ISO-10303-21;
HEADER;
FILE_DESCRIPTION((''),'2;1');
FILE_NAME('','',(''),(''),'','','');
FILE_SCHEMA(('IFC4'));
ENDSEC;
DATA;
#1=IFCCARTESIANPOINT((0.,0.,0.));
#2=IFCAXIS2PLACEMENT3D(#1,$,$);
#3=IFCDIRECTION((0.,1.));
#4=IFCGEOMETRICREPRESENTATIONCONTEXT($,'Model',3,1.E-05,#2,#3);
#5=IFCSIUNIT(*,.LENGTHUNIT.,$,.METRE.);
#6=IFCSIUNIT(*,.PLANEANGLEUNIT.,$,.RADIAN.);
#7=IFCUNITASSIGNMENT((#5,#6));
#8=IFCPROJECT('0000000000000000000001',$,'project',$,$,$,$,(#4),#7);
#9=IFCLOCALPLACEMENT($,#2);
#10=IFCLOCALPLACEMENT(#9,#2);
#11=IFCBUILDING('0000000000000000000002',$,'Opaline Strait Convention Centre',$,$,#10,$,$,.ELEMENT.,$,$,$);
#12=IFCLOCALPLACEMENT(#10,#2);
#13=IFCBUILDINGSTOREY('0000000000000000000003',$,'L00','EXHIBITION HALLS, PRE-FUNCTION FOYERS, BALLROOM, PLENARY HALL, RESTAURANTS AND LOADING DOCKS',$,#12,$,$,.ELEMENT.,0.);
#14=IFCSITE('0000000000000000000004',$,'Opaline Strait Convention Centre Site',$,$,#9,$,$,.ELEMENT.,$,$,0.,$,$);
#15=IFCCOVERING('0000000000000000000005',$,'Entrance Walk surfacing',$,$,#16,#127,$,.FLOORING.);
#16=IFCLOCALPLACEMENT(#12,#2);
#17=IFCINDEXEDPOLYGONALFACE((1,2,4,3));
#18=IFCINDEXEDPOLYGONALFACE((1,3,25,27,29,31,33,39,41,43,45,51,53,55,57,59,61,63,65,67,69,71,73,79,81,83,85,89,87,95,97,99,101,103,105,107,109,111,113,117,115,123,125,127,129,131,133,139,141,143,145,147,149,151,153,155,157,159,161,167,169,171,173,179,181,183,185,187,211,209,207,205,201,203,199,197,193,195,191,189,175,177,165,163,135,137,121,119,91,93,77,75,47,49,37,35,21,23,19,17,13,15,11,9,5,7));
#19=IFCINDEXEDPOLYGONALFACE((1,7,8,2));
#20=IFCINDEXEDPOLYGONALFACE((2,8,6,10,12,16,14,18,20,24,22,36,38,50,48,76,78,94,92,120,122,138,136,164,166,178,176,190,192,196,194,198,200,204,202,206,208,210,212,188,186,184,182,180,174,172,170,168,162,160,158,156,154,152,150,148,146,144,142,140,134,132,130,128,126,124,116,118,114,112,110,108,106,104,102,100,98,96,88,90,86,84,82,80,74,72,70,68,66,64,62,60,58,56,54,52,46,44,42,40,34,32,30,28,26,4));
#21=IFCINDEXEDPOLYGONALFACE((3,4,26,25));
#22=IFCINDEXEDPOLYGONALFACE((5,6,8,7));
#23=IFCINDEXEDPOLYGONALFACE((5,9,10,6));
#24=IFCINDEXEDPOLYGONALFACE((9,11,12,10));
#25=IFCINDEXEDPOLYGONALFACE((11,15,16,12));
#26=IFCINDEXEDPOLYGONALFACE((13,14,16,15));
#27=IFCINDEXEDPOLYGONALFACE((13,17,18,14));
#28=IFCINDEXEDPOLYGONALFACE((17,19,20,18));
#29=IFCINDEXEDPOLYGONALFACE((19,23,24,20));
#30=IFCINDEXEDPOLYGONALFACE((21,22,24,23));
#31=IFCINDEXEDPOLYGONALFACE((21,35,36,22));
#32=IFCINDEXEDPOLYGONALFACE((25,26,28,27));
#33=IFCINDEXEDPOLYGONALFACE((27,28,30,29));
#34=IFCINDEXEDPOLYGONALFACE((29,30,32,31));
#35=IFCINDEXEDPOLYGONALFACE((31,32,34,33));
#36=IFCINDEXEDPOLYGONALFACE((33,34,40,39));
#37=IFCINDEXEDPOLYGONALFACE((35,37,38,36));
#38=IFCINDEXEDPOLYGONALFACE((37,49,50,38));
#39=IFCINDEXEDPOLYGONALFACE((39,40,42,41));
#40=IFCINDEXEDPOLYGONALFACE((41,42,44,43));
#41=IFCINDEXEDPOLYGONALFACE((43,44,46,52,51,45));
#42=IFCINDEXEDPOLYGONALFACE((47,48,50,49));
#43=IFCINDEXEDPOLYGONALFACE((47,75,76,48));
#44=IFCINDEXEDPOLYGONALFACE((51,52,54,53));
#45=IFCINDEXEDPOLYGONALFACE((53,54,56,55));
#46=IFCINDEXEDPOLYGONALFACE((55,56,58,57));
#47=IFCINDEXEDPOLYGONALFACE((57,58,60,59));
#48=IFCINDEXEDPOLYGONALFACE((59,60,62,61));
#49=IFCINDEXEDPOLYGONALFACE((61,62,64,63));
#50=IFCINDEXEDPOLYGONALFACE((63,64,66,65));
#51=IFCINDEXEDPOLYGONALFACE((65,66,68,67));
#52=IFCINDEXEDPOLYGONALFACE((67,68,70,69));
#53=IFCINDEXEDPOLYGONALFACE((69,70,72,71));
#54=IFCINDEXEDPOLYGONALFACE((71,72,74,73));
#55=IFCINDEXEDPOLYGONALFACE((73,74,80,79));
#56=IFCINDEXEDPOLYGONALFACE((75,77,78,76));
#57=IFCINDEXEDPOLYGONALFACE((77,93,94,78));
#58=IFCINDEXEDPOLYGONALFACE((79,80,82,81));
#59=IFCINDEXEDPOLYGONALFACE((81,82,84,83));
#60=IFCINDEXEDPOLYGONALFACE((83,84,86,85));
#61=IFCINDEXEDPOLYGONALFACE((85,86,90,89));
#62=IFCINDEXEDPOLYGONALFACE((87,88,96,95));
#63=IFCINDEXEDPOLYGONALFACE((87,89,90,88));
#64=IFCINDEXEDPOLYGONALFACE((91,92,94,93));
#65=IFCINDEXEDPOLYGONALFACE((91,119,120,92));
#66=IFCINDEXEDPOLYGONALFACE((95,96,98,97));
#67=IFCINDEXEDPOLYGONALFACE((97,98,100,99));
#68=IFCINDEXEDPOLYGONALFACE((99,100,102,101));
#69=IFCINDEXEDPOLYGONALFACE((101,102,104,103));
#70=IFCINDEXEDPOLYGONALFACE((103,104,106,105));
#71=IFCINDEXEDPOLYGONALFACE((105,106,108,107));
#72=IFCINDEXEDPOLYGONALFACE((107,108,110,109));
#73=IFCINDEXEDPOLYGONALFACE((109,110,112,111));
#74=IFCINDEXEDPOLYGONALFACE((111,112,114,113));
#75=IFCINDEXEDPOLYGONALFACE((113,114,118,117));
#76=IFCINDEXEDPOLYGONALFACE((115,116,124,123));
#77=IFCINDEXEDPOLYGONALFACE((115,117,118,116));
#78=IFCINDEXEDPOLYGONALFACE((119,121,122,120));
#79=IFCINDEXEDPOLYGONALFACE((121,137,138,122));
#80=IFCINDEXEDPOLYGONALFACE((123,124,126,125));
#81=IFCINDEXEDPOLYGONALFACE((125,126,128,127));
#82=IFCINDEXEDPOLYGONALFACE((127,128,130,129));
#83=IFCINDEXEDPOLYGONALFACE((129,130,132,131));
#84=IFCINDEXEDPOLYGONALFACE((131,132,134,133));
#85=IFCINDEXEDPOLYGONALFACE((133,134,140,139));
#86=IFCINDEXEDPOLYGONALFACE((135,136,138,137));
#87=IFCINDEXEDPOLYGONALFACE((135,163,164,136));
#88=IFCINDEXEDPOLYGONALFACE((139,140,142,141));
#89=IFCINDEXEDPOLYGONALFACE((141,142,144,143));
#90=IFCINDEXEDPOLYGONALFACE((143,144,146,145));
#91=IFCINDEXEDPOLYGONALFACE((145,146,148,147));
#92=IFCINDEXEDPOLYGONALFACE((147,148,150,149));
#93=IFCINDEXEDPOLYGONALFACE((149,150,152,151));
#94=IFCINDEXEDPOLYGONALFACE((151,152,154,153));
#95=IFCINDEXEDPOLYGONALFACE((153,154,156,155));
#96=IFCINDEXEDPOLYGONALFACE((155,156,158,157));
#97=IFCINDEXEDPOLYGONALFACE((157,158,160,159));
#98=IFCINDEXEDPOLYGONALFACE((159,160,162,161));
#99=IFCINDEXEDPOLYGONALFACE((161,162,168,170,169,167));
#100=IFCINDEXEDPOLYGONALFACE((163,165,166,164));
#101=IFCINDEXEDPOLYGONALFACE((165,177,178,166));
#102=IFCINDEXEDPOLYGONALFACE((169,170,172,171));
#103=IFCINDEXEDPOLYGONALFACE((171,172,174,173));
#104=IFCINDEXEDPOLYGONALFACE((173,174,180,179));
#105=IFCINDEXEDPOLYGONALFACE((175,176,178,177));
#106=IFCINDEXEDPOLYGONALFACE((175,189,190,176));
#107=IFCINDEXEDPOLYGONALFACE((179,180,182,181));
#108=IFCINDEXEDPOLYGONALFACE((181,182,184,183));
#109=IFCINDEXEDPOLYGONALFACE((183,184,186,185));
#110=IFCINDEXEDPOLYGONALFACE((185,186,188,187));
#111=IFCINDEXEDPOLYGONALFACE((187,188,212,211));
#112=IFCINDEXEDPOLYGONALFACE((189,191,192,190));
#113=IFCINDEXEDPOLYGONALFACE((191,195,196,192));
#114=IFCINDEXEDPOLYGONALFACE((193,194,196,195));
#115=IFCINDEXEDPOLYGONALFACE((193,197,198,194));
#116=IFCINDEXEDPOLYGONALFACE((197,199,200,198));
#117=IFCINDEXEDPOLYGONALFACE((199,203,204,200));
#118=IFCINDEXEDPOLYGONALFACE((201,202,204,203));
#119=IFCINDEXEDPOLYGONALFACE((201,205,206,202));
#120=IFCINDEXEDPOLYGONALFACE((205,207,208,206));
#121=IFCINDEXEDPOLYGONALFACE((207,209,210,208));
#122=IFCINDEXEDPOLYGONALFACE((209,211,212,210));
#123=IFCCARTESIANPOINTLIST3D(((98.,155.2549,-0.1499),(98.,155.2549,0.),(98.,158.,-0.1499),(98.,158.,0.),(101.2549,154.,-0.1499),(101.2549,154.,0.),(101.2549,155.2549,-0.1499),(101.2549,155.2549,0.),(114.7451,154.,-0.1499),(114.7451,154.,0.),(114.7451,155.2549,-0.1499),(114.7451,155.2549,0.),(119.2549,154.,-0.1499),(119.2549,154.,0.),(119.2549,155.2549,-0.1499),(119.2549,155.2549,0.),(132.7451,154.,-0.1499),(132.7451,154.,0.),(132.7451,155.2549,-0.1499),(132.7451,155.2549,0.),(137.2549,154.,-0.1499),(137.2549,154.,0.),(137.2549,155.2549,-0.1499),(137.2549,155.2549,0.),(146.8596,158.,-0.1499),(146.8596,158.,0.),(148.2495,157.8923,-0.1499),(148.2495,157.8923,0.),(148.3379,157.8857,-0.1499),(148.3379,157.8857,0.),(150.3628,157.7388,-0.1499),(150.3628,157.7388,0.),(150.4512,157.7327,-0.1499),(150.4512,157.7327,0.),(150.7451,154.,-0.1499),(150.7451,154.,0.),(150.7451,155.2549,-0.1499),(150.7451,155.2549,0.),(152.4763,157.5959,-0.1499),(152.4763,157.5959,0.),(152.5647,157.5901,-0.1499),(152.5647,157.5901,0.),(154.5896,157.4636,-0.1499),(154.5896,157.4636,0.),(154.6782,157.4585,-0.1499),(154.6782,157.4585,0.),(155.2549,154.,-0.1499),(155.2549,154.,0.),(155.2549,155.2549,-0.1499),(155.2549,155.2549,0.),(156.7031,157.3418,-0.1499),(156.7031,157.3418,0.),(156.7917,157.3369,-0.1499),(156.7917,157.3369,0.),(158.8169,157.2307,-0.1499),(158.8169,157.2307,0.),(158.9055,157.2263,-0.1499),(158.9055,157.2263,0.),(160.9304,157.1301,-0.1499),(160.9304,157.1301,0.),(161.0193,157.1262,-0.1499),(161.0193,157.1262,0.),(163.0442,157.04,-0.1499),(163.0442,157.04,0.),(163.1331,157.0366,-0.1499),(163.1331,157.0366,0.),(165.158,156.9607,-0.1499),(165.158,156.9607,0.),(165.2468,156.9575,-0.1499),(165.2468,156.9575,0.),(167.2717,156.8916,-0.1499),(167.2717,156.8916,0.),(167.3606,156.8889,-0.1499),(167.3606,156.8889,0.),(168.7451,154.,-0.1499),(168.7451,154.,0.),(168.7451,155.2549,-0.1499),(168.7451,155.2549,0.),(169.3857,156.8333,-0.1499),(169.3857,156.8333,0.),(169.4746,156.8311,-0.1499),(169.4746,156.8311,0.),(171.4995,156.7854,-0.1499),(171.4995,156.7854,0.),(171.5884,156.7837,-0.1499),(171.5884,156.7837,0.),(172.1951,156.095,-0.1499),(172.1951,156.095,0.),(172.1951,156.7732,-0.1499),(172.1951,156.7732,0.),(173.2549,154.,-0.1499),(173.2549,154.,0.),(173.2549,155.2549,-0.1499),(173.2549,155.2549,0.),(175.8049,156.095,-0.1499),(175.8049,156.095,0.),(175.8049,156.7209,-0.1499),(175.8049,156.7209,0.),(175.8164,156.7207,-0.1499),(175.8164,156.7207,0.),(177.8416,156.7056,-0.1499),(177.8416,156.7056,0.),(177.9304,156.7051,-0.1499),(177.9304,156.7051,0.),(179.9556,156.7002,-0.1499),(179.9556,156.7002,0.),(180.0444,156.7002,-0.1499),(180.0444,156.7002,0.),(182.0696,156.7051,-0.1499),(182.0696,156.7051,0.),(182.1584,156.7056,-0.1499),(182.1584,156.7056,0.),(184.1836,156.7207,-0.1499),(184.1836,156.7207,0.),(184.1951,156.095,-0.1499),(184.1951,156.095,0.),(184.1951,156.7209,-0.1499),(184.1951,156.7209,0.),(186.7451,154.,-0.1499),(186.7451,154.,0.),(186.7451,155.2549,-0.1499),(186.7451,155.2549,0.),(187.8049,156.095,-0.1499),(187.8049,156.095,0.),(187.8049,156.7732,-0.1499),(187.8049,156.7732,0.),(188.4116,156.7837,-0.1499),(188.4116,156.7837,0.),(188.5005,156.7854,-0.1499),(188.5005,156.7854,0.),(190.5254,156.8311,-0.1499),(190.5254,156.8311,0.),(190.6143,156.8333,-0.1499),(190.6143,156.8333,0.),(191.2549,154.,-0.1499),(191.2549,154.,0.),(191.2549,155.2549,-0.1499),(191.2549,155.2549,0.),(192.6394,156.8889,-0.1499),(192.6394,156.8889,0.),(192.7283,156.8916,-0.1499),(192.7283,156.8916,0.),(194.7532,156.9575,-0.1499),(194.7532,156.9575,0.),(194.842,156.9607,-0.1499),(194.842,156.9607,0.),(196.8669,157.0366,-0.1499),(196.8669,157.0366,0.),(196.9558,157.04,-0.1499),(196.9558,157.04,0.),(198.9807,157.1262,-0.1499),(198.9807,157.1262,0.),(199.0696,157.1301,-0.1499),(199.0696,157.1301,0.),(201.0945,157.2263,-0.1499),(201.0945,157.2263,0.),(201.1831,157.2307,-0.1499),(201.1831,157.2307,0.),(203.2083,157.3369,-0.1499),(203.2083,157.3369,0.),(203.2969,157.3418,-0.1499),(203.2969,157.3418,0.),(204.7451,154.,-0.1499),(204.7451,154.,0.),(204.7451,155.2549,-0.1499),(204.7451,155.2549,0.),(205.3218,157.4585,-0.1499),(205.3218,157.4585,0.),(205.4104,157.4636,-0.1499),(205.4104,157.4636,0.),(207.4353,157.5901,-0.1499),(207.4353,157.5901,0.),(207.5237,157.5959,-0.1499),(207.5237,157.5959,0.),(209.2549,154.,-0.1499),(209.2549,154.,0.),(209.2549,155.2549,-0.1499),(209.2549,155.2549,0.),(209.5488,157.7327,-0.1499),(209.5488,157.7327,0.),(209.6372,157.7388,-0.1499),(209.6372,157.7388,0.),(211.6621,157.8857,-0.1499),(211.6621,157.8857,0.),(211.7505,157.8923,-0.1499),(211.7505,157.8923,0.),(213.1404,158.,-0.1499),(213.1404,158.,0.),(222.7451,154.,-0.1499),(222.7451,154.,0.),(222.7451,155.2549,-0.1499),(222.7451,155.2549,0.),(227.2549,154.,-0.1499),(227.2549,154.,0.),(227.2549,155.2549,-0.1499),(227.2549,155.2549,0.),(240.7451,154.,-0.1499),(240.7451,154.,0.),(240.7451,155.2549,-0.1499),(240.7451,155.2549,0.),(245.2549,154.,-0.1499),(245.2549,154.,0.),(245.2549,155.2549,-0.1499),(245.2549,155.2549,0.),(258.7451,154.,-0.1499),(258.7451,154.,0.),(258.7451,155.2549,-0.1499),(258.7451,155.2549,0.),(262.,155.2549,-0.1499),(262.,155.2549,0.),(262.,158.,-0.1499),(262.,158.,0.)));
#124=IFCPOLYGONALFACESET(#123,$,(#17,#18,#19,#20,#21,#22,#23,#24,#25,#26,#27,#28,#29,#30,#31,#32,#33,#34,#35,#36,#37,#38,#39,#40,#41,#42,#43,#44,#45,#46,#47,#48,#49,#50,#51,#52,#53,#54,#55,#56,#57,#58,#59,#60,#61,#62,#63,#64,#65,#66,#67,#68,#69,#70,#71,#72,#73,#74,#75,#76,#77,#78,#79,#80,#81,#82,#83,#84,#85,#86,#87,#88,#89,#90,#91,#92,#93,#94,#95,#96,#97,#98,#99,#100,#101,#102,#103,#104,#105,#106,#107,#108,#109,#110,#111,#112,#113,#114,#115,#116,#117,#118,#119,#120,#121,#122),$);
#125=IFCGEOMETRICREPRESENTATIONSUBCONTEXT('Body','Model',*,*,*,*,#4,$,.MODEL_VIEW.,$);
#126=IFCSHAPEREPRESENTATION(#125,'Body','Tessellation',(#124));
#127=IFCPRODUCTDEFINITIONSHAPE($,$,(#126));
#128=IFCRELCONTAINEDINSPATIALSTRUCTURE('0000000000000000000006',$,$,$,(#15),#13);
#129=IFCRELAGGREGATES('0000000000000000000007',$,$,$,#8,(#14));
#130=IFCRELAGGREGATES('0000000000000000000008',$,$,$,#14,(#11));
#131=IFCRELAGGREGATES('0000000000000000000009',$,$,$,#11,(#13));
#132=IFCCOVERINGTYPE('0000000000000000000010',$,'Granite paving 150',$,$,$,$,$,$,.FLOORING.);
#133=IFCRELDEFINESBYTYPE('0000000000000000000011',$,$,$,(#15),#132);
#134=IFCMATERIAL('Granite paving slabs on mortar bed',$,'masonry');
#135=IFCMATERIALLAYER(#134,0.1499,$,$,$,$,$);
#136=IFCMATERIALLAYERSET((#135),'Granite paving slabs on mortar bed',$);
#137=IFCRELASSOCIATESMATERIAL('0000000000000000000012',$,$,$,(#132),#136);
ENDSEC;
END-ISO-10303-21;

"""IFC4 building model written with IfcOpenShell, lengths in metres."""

from ifc_helpers import new_model, si_unit, direction, frame, origin, place, context, subcontext, project, spatial, polyline, outline, extrude, material, layer, layer_set, type_object, element, save


model = new_model("IFC4")

# Units and contexts
model_context = context("Model", 3, precision=1e-05, world=origin(), true_north=direction((0.0, 1.0)))
body_context = subcontext(model_context, "Body", "Model", "MODEL_VIEW")
ifc_project = project(units=[si_unit("LENGTHUNIT", "METRE"), si_unit("PLANEANGLEUNIT", "RADIAN")], contexts=[model_context])

# Site, building, storey
site_placement = place(None, origin())
site = spatial("IfcSite", under=ifc_project, at=site_placement, Name="Opaline Strait Convention Centre Site", CompositionType="ELEMENT", RefElevation=0.0)
building_placement = place(site_placement, origin())
building = spatial("IfcBuilding", under=site, at=building_placement, Name="Opaline Strait Convention Centre", CompositionType="ELEMENT")
storey_placement = place(building_placement, origin())
storey = spatial("IfcBuildingStorey", under=building, at=storey_placement, Name="L00", Description="EXHIBITION HALLS, PRE-FUNCTION FOYERS, BALLROOM, PLENARY HALL, RESTAURANTS AND LOADING DOCKS", CompositionType="ELEMENT", Elevation=0.0)

# Covering
ifc_material_1 = material(Name="Granite paving slabs on mortar bed", Category="masonry")
ifc_layer_1 = layer(ifc_material_1, 0.1499)
ifc_layer_set_1 = layer_set([ifc_layer_1], Name="Granite paving slabs on mortar bed")
covering_type_1 = type_object("IfcCoveringType", Name="Granite paving 150", PredefinedType="FLOORING", material=ifc_layer_set_1)
covering_1_placement = place(storey_placement, frame((0.0, 0.0, -0.1499)))
element("IfcCovering", 1, at=covering_1_placement, inside=storey, type_object=covering_type_1, Name="Entrance Walk surfacing", PredefinedType="FLOORING", context=body_context, shape_type="SweptSolid", body=[
    extrude(outline(polyline([(258.7451, 155.2549), (262.0, 155.2549), (262.0, 158.0), (213.1404, 158.0), (211.7505, 157.8923), (211.6621, 157.8857), (209.6372, 157.7388), (209.5488, 157.7327), (207.5237, 157.5959), (207.4353, 157.5901), (205.4104, 157.4636), (205.3218, 157.4585), (203.2969, 157.3418), (203.2083, 157.3369), (201.1831, 157.2307), (201.0945, 157.2263), (199.0696, 157.1301), (198.9807, 157.1262), (196.9558, 157.04), (196.8669, 157.0366), (194.842, 156.9607), (194.7532, 156.9575), (192.7283, 156.8916), (192.6394, 156.8889), (190.6143, 156.8333), (190.5254, 156.8311), (188.5005, 156.7854), (188.4116, 156.7837), (187.8049, 156.7732), (187.8049, 156.095), (184.1951, 156.095), (184.1951, 156.7209), (184.1836, 156.7207), (182.1584, 156.7056), (182.0696, 156.7051), (180.0444, 156.7002), (179.9556, 156.7002), (177.9304, 156.7051), (177.8416, 156.7056), (175.8164, 156.7207), (175.8049, 156.7209), (175.8049, 156.095), (172.1951, 156.095), (172.1951, 156.7732), (171.5884, 156.7837), (171.4995, 156.7854), (169.4746, 156.8311), (169.3857, 156.8333), (167.3606, 156.8889), (167.2717, 156.8916), (165.2468, 156.9575), (165.158, 156.9607), (163.1331, 157.0366), (163.0442, 157.04), (161.0193, 157.1262), (160.9304, 157.1301), (158.9055, 157.2263), (158.8169, 157.2307), (156.7917, 157.3369), (156.7031, 157.3418), (154.6782, 157.4585), (154.5896, 157.4636), (152.5647, 157.5901), (152.4763, 157.5959), (150.4512, 157.7327), (150.3628, 157.7388), (148.3379, 157.8857), (148.2495, 157.8923), (146.8596, 158.0), (98.0, 158.0), (98.0, 155.2549), (101.2549, 155.2549), (101.2549, 154.0), (114.7451, 154.0), (114.7451, 155.2549), (119.2549, 155.2549), (119.2549, 154.0), (132.7451, 154.0), (132.7451, 155.2549), (137.2549, 155.2549), (137.2549, 154.0), (150.7451, 154.0), (150.7451, 155.2549), (155.2549, 155.2549), (155.2549, 154.0), (168.7451, 154.0), (168.7451, 155.2549), (173.2549, 155.2549), (173.2549, 154.0), (186.7451, 154.0), (186.7451, 155.2549), (191.2549, 155.2549), (191.2549, 154.0), (204.7451, 154.0), (204.7451, 155.2549), (209.2549, 155.2549), (209.2549, 154.0), (222.7451, 154.0), (222.7451, 155.2549), (227.2549, 155.2549), (227.2549, 154.0), (240.7451, 154.0), (240.7451, 155.2549), (245.2549, 155.2549), (245.2549, 154.0), (258.7451, 154.0), (258.7451, 155.2549)])), origin(), (0.0, 0.0, 1.0), 0.1499),
])

save(model, "model.ifc")
